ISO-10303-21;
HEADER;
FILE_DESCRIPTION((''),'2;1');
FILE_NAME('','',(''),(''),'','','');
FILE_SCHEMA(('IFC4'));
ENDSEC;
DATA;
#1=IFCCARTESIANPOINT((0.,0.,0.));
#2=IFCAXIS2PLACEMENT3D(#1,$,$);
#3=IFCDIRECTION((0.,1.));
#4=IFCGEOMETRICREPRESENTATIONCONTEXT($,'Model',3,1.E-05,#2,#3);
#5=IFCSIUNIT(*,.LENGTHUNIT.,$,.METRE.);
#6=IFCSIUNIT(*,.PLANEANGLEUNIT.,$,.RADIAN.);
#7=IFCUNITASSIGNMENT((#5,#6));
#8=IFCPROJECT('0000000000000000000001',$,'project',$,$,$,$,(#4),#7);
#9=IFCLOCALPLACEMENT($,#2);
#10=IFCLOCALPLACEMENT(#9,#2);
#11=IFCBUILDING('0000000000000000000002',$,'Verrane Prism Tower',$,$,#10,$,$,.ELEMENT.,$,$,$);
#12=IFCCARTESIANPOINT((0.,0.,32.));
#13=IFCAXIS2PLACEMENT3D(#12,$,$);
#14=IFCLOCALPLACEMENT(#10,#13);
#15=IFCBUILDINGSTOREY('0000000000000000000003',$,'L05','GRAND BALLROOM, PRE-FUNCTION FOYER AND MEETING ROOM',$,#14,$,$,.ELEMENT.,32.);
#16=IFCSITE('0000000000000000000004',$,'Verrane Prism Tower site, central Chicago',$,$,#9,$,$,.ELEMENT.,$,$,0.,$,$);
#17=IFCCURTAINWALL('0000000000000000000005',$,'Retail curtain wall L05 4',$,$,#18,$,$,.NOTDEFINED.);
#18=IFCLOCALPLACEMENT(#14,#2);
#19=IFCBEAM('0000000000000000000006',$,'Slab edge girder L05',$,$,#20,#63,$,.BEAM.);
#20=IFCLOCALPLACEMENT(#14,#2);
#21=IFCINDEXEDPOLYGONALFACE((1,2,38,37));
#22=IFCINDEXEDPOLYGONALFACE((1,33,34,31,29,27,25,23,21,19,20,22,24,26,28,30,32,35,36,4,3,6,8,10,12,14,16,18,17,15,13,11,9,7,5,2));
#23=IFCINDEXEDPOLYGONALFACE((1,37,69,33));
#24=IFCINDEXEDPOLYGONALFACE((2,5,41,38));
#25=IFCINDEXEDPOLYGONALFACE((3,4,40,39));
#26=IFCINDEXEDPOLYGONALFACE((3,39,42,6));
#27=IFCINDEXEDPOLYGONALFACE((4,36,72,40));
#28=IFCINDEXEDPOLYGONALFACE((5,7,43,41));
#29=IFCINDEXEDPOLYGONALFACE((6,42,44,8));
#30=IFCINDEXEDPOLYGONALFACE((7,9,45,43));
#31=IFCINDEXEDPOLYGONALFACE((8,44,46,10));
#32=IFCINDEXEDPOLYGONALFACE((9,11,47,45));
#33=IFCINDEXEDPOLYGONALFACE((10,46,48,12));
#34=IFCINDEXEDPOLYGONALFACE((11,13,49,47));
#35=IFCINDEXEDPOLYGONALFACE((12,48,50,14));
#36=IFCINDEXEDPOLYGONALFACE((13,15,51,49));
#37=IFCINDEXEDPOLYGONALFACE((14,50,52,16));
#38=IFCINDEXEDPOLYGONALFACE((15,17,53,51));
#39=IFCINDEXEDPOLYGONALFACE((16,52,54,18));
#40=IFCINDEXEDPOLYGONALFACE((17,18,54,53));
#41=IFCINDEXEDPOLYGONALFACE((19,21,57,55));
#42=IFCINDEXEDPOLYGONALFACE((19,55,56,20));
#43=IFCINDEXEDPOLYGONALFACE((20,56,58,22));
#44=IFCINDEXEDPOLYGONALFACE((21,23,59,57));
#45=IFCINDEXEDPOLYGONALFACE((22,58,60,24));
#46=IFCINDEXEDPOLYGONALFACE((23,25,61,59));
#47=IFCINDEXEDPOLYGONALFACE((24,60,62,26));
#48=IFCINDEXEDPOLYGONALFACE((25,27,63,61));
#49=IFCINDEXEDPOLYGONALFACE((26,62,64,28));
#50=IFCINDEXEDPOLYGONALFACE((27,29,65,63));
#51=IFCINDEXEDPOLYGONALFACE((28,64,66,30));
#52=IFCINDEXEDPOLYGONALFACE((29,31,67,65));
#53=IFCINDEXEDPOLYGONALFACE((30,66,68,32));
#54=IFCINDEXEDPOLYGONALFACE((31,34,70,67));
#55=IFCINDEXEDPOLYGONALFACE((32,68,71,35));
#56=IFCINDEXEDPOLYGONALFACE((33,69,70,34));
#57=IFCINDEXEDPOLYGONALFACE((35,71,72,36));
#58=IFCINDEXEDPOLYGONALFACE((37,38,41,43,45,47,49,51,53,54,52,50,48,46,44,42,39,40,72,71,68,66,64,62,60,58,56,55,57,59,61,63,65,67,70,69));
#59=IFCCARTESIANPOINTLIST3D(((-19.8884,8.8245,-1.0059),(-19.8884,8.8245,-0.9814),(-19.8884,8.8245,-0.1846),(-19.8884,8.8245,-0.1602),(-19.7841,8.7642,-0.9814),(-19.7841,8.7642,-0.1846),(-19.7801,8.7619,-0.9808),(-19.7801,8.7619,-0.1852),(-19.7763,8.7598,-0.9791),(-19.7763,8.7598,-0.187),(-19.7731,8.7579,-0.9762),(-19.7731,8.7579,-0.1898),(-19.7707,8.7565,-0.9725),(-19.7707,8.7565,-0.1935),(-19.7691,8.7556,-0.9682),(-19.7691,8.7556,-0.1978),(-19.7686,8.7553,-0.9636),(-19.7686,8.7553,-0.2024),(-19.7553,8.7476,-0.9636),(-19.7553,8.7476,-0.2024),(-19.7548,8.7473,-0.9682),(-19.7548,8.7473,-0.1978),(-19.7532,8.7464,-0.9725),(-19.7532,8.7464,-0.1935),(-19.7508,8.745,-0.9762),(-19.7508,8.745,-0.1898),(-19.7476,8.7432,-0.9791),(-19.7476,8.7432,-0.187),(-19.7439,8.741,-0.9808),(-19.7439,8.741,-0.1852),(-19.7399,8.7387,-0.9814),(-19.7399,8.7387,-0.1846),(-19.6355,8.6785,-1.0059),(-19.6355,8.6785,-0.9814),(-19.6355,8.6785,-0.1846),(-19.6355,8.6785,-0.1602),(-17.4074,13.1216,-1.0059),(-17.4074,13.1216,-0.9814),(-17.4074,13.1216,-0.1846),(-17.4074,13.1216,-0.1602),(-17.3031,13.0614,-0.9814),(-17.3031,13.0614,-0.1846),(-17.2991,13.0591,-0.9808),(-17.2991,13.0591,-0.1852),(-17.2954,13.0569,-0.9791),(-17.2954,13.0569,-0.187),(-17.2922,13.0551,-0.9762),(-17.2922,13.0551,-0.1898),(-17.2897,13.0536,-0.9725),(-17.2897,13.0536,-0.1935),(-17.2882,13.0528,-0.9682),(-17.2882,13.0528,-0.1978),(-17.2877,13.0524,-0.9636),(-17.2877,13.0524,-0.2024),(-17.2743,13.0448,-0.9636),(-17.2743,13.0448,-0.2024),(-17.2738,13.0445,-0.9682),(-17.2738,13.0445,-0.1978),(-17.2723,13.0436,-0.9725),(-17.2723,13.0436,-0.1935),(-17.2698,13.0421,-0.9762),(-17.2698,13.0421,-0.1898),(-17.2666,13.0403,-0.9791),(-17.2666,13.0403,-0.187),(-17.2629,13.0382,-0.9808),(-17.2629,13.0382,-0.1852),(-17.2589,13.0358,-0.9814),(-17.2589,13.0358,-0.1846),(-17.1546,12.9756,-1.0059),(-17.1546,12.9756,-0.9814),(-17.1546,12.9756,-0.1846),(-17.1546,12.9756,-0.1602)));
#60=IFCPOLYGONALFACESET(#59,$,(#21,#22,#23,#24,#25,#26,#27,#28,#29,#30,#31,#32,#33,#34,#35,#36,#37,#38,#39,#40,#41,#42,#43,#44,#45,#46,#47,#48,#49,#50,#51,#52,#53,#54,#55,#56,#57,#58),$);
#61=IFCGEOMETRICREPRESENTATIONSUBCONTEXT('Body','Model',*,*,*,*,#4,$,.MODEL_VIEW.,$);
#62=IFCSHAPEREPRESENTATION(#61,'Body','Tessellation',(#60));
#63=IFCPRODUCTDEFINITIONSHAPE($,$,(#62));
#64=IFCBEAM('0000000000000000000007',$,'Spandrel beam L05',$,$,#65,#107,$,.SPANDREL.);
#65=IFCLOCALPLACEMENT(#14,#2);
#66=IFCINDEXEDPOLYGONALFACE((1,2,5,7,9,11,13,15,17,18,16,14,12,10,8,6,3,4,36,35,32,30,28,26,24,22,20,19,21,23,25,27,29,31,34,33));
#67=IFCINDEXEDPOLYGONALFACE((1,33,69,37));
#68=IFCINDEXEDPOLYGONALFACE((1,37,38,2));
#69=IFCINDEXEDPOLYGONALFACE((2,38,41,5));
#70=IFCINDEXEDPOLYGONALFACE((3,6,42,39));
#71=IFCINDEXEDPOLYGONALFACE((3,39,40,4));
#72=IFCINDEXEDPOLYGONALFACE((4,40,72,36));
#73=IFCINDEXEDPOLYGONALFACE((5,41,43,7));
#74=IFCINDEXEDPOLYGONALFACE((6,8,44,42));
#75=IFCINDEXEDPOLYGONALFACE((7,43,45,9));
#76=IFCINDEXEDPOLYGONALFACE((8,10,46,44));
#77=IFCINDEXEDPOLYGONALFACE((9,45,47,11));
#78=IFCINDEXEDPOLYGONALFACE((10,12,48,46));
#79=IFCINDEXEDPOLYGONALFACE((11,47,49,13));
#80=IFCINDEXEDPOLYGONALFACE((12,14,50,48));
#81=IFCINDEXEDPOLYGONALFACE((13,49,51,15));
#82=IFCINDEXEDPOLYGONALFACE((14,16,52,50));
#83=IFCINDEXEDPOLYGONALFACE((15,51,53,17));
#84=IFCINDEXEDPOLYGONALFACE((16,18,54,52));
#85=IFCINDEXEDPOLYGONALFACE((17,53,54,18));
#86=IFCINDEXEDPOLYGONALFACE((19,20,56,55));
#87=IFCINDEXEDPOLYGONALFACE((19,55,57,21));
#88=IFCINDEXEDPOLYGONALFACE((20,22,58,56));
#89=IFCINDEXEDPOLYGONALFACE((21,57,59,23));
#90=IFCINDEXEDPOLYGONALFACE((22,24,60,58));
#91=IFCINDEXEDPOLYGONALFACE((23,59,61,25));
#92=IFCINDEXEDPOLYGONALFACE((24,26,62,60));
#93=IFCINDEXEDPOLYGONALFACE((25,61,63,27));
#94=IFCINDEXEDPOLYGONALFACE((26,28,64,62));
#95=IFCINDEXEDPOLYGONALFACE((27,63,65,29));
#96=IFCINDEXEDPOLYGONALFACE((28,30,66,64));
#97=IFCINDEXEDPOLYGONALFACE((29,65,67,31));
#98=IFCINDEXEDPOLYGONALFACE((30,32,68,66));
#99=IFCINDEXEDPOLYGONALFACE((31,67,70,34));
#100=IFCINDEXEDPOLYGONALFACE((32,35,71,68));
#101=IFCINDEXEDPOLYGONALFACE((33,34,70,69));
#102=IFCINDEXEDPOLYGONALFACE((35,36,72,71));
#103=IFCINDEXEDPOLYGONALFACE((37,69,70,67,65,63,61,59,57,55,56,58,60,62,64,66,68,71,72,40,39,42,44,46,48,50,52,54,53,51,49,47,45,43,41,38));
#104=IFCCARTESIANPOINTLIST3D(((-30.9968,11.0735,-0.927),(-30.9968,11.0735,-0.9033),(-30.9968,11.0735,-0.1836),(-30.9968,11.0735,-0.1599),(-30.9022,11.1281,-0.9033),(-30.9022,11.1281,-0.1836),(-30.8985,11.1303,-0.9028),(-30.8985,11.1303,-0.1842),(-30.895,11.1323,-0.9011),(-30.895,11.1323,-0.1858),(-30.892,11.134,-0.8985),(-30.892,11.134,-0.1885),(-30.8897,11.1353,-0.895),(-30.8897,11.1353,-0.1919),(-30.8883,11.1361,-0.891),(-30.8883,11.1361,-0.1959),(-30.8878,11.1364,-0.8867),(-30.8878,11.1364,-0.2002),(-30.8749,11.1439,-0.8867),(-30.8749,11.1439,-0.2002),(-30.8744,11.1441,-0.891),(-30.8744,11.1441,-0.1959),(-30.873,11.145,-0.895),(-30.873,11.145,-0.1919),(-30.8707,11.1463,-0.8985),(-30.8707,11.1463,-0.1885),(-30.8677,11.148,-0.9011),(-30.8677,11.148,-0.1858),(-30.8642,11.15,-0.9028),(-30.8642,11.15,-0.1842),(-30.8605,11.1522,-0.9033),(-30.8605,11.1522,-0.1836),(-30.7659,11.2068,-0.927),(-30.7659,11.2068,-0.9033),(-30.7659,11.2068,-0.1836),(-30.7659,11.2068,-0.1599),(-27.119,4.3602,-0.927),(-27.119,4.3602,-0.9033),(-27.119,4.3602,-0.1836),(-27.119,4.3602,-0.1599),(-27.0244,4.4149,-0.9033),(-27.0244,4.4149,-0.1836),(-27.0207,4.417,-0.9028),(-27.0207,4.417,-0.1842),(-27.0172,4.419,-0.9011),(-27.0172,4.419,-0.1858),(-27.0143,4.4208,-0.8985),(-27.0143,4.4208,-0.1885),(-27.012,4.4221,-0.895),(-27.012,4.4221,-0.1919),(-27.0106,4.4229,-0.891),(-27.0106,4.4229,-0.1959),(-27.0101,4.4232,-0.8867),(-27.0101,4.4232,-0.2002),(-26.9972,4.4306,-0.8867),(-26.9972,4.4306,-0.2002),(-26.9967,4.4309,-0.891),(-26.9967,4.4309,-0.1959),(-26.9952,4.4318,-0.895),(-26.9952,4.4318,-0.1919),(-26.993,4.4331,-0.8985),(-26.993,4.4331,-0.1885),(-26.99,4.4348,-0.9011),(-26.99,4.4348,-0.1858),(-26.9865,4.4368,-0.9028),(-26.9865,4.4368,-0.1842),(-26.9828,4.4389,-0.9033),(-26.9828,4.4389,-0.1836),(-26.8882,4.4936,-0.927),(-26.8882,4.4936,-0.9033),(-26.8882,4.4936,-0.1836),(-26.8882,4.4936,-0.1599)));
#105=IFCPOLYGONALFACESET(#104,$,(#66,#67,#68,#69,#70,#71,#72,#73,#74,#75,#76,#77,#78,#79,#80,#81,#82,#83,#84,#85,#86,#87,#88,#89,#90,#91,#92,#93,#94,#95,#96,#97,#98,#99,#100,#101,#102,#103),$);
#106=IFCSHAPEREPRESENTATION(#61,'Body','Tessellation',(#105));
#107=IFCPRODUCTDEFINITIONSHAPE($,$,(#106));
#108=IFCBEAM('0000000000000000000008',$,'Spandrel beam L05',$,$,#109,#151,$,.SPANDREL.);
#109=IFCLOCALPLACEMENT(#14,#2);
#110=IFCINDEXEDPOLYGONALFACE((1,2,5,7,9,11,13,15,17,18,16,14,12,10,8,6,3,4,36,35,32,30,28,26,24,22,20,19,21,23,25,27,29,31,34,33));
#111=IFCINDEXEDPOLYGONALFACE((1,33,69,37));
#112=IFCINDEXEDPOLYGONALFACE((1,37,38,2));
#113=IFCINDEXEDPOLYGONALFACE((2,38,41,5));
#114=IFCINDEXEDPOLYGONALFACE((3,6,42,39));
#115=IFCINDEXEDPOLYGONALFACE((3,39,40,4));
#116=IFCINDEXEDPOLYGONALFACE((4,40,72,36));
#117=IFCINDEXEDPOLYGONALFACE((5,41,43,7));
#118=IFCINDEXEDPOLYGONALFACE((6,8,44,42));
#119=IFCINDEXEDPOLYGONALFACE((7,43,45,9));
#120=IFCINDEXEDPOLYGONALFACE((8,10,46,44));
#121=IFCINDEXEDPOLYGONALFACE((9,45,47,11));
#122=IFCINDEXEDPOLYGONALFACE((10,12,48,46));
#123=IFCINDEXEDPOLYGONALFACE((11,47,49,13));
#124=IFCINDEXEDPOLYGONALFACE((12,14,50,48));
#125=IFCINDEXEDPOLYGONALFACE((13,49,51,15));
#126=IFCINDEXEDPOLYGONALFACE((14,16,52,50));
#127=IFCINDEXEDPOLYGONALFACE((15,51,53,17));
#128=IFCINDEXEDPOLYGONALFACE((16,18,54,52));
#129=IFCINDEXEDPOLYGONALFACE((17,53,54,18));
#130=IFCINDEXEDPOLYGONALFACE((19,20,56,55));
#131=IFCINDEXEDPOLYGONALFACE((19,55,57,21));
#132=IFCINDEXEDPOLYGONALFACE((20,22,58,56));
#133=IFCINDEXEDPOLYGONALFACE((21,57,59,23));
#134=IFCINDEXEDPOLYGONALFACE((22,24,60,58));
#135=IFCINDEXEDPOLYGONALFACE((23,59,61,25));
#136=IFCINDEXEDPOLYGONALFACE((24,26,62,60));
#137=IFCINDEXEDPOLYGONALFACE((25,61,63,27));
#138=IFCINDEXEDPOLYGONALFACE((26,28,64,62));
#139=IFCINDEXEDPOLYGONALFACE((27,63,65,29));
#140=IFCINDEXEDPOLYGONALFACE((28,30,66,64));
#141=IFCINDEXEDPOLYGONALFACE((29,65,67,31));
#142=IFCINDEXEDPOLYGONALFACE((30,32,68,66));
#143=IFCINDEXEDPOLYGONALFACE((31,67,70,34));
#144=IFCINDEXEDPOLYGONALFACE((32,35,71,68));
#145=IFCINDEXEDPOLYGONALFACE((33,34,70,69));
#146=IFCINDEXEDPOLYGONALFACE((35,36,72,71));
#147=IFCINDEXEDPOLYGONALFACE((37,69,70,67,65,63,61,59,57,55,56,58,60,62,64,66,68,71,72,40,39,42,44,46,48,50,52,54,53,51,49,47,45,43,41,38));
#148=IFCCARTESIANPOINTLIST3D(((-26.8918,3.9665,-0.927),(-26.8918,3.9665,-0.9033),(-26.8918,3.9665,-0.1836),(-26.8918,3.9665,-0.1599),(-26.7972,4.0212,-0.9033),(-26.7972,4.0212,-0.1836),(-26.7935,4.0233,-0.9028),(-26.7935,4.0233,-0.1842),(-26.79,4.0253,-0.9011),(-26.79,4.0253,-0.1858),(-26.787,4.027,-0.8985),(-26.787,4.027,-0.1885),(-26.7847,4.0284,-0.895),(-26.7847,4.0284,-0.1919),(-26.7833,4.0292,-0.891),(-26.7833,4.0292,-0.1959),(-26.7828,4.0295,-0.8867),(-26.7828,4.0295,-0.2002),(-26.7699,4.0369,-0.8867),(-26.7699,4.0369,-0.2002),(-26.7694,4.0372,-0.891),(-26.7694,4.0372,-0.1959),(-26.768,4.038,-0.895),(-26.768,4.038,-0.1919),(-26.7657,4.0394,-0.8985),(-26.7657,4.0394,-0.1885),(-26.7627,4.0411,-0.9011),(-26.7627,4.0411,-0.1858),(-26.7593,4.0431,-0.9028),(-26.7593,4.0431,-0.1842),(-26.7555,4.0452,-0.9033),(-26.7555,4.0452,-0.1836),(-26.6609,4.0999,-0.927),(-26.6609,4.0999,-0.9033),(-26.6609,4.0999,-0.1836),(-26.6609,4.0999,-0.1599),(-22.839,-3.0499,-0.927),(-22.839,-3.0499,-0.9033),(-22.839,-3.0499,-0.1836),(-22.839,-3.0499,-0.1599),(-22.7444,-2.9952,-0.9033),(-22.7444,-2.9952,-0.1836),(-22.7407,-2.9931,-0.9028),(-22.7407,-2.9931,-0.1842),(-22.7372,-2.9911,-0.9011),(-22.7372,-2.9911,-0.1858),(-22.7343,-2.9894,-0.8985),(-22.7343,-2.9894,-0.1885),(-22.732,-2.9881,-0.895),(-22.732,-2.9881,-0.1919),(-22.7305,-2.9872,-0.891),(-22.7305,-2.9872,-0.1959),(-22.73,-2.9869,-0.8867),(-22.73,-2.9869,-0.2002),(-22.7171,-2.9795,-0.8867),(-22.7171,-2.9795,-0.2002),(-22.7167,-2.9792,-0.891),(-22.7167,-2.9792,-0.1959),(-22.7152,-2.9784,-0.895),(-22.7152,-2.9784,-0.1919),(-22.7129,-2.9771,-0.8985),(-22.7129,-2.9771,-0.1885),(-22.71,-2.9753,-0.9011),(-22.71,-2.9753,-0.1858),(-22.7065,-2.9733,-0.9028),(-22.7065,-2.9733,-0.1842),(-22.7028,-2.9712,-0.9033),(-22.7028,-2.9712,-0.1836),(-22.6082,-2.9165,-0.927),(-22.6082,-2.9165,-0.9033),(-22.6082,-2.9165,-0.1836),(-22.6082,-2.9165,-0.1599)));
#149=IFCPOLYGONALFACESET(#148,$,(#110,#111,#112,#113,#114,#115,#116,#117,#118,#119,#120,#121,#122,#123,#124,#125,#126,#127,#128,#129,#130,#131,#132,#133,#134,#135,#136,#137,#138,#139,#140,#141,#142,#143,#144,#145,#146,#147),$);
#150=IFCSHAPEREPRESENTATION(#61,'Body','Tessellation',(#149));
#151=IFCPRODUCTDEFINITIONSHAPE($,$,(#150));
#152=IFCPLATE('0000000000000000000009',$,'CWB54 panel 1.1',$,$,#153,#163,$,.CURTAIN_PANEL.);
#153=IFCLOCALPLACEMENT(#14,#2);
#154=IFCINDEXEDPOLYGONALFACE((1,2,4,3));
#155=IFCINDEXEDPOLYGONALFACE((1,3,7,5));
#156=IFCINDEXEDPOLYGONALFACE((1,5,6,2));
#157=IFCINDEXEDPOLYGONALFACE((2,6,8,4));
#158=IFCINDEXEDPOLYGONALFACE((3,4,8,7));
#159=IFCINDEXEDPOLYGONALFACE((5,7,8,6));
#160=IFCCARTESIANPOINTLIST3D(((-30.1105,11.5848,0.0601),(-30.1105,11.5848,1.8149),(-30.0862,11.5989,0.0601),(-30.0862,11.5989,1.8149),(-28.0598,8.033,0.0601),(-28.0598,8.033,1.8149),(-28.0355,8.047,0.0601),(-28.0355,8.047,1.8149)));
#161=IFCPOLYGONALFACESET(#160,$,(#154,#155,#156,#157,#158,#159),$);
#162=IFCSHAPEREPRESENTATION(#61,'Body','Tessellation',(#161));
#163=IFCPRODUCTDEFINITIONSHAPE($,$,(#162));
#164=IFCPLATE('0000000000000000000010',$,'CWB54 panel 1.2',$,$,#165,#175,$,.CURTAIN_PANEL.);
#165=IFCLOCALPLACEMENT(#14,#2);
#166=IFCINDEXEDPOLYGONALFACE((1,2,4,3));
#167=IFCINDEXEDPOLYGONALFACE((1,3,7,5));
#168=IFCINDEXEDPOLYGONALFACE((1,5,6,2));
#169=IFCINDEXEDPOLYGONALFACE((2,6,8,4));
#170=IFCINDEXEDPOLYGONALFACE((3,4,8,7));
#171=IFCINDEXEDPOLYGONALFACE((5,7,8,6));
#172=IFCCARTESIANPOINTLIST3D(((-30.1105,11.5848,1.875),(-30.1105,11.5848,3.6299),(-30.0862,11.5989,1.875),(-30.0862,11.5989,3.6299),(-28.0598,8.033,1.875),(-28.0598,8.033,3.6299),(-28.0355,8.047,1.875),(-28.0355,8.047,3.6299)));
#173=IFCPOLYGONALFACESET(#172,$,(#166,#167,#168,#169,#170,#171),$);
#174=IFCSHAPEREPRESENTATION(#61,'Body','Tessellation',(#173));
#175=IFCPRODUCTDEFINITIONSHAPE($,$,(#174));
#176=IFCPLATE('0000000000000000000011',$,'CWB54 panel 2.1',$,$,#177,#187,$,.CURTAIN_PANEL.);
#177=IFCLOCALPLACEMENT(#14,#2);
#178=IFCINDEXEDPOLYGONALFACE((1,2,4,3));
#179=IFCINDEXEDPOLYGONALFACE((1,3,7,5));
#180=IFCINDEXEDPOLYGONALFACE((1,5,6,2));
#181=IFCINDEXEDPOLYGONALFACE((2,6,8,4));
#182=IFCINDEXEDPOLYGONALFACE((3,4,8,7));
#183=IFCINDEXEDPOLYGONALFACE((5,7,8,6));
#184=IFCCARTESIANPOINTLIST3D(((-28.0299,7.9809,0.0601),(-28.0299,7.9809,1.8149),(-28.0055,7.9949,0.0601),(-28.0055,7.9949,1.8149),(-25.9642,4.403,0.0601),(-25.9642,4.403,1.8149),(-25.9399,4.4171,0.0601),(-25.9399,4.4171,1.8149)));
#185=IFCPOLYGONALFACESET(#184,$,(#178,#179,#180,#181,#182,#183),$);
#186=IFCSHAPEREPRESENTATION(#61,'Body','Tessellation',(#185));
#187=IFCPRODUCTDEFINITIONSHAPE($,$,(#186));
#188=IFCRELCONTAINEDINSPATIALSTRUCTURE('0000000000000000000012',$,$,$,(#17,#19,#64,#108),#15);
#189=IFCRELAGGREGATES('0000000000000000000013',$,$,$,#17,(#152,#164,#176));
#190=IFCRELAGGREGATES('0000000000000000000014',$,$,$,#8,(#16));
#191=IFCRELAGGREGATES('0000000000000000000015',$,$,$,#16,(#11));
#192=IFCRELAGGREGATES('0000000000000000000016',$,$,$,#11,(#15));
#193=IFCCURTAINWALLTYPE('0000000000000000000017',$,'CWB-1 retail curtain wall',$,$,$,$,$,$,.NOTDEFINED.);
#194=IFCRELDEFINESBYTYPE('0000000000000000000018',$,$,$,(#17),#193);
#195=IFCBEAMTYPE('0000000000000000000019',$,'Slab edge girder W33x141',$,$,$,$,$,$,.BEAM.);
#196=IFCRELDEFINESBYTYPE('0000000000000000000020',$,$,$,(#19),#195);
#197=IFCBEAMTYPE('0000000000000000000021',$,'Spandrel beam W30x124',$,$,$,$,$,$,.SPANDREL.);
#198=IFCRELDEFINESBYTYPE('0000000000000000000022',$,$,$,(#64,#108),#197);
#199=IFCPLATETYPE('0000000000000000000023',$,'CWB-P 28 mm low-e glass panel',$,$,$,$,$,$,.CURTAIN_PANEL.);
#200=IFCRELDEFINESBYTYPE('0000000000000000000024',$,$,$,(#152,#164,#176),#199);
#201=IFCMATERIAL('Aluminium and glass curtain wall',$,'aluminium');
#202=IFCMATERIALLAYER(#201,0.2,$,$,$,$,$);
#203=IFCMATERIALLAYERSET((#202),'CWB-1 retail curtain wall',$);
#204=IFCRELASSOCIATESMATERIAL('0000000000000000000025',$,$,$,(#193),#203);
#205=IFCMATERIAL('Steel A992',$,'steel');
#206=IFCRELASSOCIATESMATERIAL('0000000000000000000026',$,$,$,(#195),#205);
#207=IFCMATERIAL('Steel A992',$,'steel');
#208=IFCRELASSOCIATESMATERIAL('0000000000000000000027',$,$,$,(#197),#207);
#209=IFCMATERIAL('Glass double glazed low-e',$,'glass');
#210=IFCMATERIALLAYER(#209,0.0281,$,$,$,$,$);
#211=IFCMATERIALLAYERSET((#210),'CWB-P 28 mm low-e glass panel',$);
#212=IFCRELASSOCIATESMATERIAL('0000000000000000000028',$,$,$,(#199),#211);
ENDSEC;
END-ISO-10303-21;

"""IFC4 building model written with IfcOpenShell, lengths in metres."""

from ifc_helpers import new_model, si_unit, direction, frame, origin, origin_2d, place, context, subcontext, project, spatial, rectangle, i_section, extrude, material, layer, layer_set, material_profile, profile_set, type_object, element, aggregate, save


model = new_model("IFC4")

# Units and contexts
model_context = context("Model", 3, precision=1e-05, world=origin(), true_north=direction((0.0, 1.0)))
body_context = subcontext(model_context, "Body", "Model", "MODEL_VIEW")
ifc_project = project(units=[si_unit("LENGTHUNIT", "METRE"), si_unit("PLANEANGLEUNIT", "RADIAN")], contexts=[model_context])

# Site, building, storey
site_placement = place(None, origin())
site = spatial("IfcSite", under=ifc_project, at=site_placement, Name="Verrane Prism Tower site, central Chicago", CompositionType="ELEMENT", RefElevation=0.0)
building_placement = place(site_placement, origin())
building = spatial("IfcBuilding", under=site, at=building_placement, Name="Verrane Prism Tower", CompositionType="ELEMENT")
storey_placement = place(building_placement, frame((0.0, 0.0, 32.0)))
storey = spatial("IfcBuildingStorey", under=building, at=storey_placement, Name="L05", Description="GRAND BALLROOM, PRE-FUNCTION FOYER AND MEETING ROOM", CompositionType="ELEMENT", Elevation=32.0)

# Shared definitions
ifc_material_1 = material(Name="Aluminium and glass curtain wall", Category="aluminium")
ifc_layer_1 = layer(ifc_material_1, 0.2)
ifc_layer_set_1 = layer_set([ifc_layer_1], Name="CWB-1 retail curtain wall")
curtain_wall_type = type_object("IfcCurtainWallType", Name="CWB-1 retail curtain wall", PredefinedType="NOTDEFINED", material=ifc_layer_set_1)

# Curtain wall
curtain_wall_1_placement = place(storey_placement, origin())
curtain_wall_1 = element("IfcCurtainWall", 1, at=curtain_wall_1_placement, inside=storey, type_object=curtain_wall_type, Name="Retail curtain wall L05 4", PredefinedType="NOTDEFINED")

# Beams
ifc_material_2 = material(Name="Steel A992", Category="steel")
ifc_material_profile_1 = material_profile(ifc_material_2, i_section(OverallWidth=0.292, OverallDepth=0.8457, WebThickness=0.0154, FlangeThickness=0.0244, FilletRadius=0.0178, at=origin_2d()), Name="W33x141")
ifc_profile_set_1 = profile_set([ifc_material_profile_1], Name="Steel A992")
beam_type_1 = type_object("IfcBeamType", Name="Slab edge girder W33x141", PredefinedType="BEAM", material=ifc_profile_set_1)
beam_1_placement = place(storey_placement, frame((-19.762, 8.7515, -0.583), z_axis=(0.500002, 0.866024, 0.0), x_axis=(-0.866024, 0.500002, 0.0)))
element("IfcBeam", 2, at=beam_1_placement, inside=storey, type_object=beam_type_1, Name="Slab edge girder L05", PredefinedType="BEAM", context=body_context, shape_type="SweptSolid", body=[
    extrude(i_section(OverallWidth=0.292, OverallDepth=0.8457, WebThickness=0.0154, FlangeThickness=0.0244, FilletRadius=0.0178, at=origin_2d()), origin(), (0.0, 0.0, 1.0), 4.9619),
])
ifc_material_3 = material(Name="Steel A992", Category="steel")
ifc_material_profile_2 = material_profile(ifc_material_3, i_section(OverallWidth=0.2666, OverallDepth=0.7671, WebThickness=0.0149, FlangeThickness=0.0237, FilletRadius=0.0166, at=origin_2d()), Name="W30x124")
ifc_profile_set_2 = profile_set([ifc_material_profile_2], Name="Steel A992")
beam_type_2 = type_object("IfcBeamType", Name="Spandrel beam W30x124", PredefinedType="SPANDREL", material=ifc_profile_set_2)
beam_2_placement = place(storey_placement, frame((-30.8813, 11.1401, -0.5435), z_axis=(0.500179, -0.865922, 0.0), x_axis=(0.865922, 0.500179, 0.0)))
element("IfcBeam", 3, at=beam_2_placement, inside=storey, type_object=beam_type_2, Name="Spandrel beam L05", PredefinedType="SPANDREL", context=body_context, shape_type="SweptSolid", body=[
    extrude(i_section(OverallWidth=0.2666, OverallDepth=0.7671, WebThickness=0.0149, FlangeThickness=0.0237, FilletRadius=0.0166, at=origin_2d()), origin(), (0.0, 0.0, 1.0), 7.7527),
])
beam_3_placement = place(storey_placement, frame((-26.7764, 4.0332, -0.5435), z_axis=(0.50017, -0.865927, 0.0), x_axis=(0.865927, 0.50017, 0.0)))
element("IfcBeam", 4, at=beam_3_placement, inside=storey, type_object=beam_type_2, Name="Spandrel beam L05", PredefinedType="SPANDREL", context=body_context, shape_type="SweptSolid", body=[
    extrude(i_section(OverallWidth=0.2666, OverallDepth=0.7671, WebThickness=0.0149, FlangeThickness=0.0237, FilletRadius=0.0166, at=origin_2d()), origin(), (0.0, 0.0, 1.0), 8.1028),
])

# Plates
ifc_material_4 = material(Name="Glass double glazed low-e", Category="glass")
ifc_layer_2 = layer(ifc_material_4, 0.0281)
ifc_layer_set_2 = layer_set([ifc_layer_2], Name="CWB-P 28 mm low-e glass panel")
plate_type = type_object("IfcPlateType", Name="CWB-P 28 mm low-e glass panel", PredefinedType="CURTAIN_PANEL", material=ifc_layer_set_2)
plate_1_placement = place(storey_placement, frame((-29.073, 9.8159, 0.0601), z_axis=(0.0, 0.0, 1.0), x_axis=(0.5, -0.866025, 0.0)))
plate_1 = element("IfcPlate", 5, at=plate_1_placement, type_object=plate_type, Name="CWB54 panel 1.1", PredefinedType="CURTAIN_PANEL", context=body_context, shape_type="SweptSolid", body=[
    extrude(rectangle(XDim=4.1013, YDim=0.0281, at=origin_2d()), origin(), (0.0, 0.0, 1.0), 1.7549),
])
plate_2_placement = place(storey_placement, frame((-29.073, 9.8159, 1.875), z_axis=(0.0, 0.0, 1.0), x_axis=(0.5, -0.866025, 0.0)))
plate_2 = element("IfcPlate", 6, at=plate_2_placement, type_object=plate_type, Name="CWB54 panel 1.2", PredefinedType="CURTAIN_PANEL", context=body_context, shape_type="SweptSolid", body=[
    extrude(rectangle(XDim=4.1013, YDim=0.0281, at=origin_2d()), origin(), (0.0, 0.0, 1.0), 1.7549),
])
plate_3_placement = place(storey_placement, frame((-26.9849, 6.199, 0.0601), z_axis=(0.0, 0.0, 1.0), x_axis=(0.5, -0.866025, 0.0)))
plate_3 = element("IfcPlate", 7, at=plate_3_placement, type_object=plate_type, Name="CWB54 panel 2.1", PredefinedType="CURTAIN_PANEL", context=body_context, shape_type="SweptSolid", body=[
    extrude(rectangle(XDim=4.1313, YDim=0.0281, at=origin_2d()), origin(), (0.0, 0.0, 1.0), 1.7549),
])
aggregate(curtain_wall_1, [plate_1, plate_2, plate_3])

save(model, "model.ifc")
